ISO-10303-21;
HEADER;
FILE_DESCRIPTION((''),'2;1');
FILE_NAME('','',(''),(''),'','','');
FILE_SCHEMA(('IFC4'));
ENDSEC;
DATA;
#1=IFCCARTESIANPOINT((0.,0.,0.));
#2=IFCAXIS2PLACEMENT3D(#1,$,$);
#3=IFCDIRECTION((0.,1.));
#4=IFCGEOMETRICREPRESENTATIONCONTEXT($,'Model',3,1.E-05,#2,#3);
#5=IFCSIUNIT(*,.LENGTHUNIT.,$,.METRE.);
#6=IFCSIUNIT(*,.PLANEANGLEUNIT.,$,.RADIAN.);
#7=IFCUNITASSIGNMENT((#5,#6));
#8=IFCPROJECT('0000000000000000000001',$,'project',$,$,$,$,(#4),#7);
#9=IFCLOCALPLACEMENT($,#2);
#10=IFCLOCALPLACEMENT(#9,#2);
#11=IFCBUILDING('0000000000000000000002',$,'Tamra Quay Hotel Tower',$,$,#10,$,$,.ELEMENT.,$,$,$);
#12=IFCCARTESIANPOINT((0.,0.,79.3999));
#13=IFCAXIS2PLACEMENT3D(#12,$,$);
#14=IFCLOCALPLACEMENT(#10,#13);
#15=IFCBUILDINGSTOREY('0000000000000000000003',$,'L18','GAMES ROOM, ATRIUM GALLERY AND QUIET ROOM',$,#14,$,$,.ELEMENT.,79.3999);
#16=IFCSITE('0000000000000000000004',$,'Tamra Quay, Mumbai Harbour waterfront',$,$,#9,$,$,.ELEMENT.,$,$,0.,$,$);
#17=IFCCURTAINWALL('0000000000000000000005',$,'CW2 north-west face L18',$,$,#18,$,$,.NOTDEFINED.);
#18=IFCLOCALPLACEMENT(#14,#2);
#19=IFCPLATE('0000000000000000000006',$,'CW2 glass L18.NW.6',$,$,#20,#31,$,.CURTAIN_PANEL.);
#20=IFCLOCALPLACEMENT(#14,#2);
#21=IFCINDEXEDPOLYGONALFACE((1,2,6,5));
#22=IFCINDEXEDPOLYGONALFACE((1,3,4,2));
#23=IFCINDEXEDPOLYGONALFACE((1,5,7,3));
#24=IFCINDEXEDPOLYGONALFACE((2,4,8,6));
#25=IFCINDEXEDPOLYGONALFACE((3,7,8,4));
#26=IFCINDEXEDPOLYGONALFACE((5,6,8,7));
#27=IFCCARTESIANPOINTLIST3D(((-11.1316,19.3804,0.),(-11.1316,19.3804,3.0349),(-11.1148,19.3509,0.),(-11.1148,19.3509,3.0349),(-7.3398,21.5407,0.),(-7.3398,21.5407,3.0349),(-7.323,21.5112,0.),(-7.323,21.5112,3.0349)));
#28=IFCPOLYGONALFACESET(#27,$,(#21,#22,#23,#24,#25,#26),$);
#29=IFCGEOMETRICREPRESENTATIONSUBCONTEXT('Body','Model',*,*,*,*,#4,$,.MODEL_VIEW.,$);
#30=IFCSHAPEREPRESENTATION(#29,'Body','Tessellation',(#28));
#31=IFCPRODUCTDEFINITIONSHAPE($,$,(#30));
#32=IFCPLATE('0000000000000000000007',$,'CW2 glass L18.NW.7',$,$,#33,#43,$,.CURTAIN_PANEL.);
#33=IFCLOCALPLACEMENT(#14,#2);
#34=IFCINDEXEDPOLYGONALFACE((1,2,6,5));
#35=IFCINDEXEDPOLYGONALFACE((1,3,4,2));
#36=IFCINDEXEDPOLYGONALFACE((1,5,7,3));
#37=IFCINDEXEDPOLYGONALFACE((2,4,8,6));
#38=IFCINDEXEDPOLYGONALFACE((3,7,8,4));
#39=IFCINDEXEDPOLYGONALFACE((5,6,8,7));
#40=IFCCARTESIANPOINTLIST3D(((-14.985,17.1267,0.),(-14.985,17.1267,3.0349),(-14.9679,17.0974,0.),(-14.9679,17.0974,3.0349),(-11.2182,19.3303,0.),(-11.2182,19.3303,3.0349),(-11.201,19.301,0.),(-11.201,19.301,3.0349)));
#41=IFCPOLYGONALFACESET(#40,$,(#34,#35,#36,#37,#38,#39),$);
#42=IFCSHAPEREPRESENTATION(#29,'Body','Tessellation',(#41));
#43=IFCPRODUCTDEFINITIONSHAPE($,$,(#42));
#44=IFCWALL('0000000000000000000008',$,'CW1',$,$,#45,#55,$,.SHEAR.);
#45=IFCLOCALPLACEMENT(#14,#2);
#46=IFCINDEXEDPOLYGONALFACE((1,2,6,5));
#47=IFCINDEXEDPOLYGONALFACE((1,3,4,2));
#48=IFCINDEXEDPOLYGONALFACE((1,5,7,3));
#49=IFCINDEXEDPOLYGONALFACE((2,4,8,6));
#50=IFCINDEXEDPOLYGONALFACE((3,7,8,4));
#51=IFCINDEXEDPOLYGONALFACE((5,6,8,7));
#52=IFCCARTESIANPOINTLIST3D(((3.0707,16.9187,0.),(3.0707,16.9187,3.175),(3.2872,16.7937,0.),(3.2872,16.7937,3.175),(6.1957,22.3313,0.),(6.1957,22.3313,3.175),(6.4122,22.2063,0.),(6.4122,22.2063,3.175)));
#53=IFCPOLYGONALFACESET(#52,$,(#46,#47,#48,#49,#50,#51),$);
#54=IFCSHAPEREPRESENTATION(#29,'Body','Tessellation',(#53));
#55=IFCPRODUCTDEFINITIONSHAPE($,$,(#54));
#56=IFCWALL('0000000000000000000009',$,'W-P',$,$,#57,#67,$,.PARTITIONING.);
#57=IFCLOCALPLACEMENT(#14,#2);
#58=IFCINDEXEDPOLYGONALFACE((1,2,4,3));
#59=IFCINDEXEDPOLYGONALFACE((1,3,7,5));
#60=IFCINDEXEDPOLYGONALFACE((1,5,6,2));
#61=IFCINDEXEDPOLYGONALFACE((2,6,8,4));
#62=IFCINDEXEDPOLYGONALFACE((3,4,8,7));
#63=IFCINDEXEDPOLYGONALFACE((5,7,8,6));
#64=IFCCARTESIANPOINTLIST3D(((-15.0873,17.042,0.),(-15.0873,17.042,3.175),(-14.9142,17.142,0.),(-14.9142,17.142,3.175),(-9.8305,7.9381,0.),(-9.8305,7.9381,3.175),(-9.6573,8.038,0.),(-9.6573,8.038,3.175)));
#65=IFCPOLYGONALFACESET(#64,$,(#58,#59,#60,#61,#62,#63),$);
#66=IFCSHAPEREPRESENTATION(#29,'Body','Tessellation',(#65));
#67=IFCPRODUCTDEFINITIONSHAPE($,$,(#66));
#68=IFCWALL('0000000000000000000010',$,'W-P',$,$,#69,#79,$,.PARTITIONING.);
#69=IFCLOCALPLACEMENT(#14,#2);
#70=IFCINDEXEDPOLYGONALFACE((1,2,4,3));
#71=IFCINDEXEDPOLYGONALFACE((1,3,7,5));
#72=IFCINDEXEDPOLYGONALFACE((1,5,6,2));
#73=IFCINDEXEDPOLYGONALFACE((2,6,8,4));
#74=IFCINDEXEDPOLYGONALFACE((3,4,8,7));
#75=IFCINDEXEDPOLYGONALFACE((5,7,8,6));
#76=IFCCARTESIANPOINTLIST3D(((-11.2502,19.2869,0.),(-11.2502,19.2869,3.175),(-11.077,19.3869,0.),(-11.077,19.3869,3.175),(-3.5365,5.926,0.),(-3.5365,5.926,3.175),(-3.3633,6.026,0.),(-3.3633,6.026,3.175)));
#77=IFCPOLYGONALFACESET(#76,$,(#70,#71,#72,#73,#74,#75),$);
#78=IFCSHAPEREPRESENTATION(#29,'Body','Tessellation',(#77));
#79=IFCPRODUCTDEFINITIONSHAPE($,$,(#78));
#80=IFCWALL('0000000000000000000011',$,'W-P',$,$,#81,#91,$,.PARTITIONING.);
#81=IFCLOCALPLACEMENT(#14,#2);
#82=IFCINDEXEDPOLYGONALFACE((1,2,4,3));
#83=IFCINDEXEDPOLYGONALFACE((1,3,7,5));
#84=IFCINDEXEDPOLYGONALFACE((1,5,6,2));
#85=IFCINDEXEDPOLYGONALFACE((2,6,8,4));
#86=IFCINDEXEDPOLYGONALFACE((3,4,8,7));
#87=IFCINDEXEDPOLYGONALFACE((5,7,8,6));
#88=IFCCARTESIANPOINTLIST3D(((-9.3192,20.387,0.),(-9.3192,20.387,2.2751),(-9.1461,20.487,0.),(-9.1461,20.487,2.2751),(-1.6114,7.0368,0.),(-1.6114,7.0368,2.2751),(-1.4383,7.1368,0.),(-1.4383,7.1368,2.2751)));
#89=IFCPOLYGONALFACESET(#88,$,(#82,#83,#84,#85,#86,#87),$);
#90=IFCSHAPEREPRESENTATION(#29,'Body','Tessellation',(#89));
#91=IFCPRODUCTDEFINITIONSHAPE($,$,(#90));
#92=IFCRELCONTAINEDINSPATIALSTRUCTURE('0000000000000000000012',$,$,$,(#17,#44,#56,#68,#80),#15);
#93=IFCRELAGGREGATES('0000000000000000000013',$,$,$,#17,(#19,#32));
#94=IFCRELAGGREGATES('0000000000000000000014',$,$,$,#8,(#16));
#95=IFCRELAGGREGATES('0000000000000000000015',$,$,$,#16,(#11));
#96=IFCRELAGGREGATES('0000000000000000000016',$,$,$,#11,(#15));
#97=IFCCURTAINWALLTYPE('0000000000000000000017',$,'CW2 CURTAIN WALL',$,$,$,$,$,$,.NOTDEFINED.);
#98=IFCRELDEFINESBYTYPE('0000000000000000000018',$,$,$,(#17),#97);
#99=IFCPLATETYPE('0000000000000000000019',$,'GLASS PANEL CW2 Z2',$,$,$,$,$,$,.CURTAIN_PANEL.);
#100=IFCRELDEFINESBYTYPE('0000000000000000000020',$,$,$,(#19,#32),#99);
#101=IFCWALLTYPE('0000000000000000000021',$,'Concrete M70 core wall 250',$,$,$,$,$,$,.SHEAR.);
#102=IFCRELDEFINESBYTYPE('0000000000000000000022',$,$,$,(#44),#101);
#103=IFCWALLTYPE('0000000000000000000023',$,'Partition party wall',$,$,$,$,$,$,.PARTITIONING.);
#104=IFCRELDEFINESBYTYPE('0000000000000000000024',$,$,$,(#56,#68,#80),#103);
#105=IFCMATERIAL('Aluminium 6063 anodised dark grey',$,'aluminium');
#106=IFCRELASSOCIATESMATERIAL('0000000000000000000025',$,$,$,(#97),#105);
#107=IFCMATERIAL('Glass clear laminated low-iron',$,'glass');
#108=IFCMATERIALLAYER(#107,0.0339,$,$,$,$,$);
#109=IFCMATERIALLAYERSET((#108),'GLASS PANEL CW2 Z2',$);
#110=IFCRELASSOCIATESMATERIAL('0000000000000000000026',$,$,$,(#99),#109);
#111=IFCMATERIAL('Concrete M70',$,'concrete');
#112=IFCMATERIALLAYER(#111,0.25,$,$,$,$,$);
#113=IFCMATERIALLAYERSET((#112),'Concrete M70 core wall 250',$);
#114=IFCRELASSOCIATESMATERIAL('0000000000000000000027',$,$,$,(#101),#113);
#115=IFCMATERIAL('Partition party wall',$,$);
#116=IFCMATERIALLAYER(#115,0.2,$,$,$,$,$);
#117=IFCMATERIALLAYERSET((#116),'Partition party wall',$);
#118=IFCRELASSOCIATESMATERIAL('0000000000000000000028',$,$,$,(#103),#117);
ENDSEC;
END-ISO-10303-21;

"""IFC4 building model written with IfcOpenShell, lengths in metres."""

from ifc_helpers import new_model, si_unit, direction, frame, frame_2d, origin, origin_2d, place, context, subcontext, project, spatial, rectangle, extrude, material, layer, layer_set, type_object, element, aggregate, save


model = new_model("IFC4")

# Units and contexts
model_context = context("Model", 3, precision=1e-05, world=origin(), true_north=direction((0.0, 1.0)))
body_context = subcontext(model_context, "Body", "Model", "MODEL_VIEW")
ifc_project = project(units=[si_unit("LENGTHUNIT", "METRE"), si_unit("PLANEANGLEUNIT", "RADIAN")], contexts=[model_context])

# Site, building, storey
site_placement = place(None, origin())
site = spatial("IfcSite", under=ifc_project, at=site_placement, Name="Tamra Quay, Mumbai Harbour waterfront", CompositionType="ELEMENT", RefElevation=0.0)
building_placement = place(site_placement, origin())
building = spatial("IfcBuilding", under=site, at=building_placement, Name="Tamra Quay Hotel Tower", CompositionType="ELEMENT")
storey_placement = place(building_placement, frame((0.0, 0.0, 79.3999)))
storey = spatial("IfcBuildingStorey", under=building, at=storey_placement, Name="L18", Description="GAMES ROOM, ATRIUM GALLERY AND QUIET ROOM", CompositionType="ELEMENT", Elevation=79.3999)

# Shared definitions
ifc_material_1 = material(Name="Concrete M70", Category="concrete")

# Curtain wall, plates
ifc_material_2 = material(Name="Aluminium 6063 anodised dark grey", Category="aluminium")
curtain_wall_type = type_object("IfcCurtainWallType", Name="CW2 CURTAIN WALL", PredefinedType="NOTDEFINED", material=ifc_material_2)
curtain_wall_placement = place(storey_placement, origin())
curtain_wall = element("IfcCurtainWall", 1, at=curtain_wall_placement, inside=storey, type_object=curtain_wall_type, Name="CW2 north-west face L18", PredefinedType="NOTDEFINED")
ifc_material_3 = material(Name="Glass clear laminated low-iron", Category="glass")
ifc_layer_1 = layer(ifc_material_3, 0.0339)
ifc_layer_set_1 = layer_set([ifc_layer_1], Name="GLASS PANEL CW2 Z2")
plate_type = type_object("IfcPlateType", Name="GLASS PANEL CW2 Z2", PredefinedType="CURTAIN_PANEL", material=ifc_layer_set_1)
plate_1_placement = place(storey_placement, frame((-9.2273, 20.4458, 0.0), z_axis=(0.0, 0.0, 1.0), x_axis=(-0.868868, -0.495045, 0.0)))
plate_1 = element("IfcPlate", 2, at=plate_1_placement, type_object=plate_type, Name="CW2 glass L18.NW.6", PredefinedType="CURTAIN_PANEL", context=body_context, shape_type="SweptSolid", body=[
    extrude(rectangle(XDim=4.364, YDim=0.0339, at=origin_2d()), origin(), (0.0, 0.0, 1.0), 3.0349),
])
plate_2_placement = place(storey_placement, frame((-13.093, 18.2139, 0.0), z_axis=(0.0, 0.0, 1.0), x_axis=(-0.863155, -0.504939, 0.0)))
plate_2 = element("IfcPlate", 3, at=plate_2_placement, type_object=plate_type, Name="CW2 glass L18.NW.7", PredefinedType="CURTAIN_PANEL", context=body_context, shape_type="SweptSolid", body=[
    extrude(rectangle(XDim=4.364, YDim=0.0339, at=origin_2d()), origin(), (0.0, 0.0, 1.0), 3.0349),
])
aggregate(curtain_wall, [plate_1, plate_2])

# Walls
ifc_layer_2 = layer(ifc_material_1, 0.25)
ifc_layer_set_2 = layer_set([ifc_layer_2], Name="Concrete M70 core wall 250")
wall_type_1 = type_object("IfcWallType", Name="Concrete M70 core wall 250", PredefinedType="SHEAR", material=ifc_layer_set_2)
wall_1_placement = place(storey_placement, frame((3.179, 16.8562, 0.0), z_axis=(0.0, 0.0, 1.0), x_axis=(0.500004, 0.866023, 0.0)))
element("IfcWall", 4, at=wall_1_placement, inside=storey, type_object=wall_type_1, Name="CW1", PredefinedType="SHEAR", context=body_context, shape_type="SweptSolid", body=[
    extrude(rectangle(XDim=6.25, YDim=0.25, at=frame_2d((3.125, 0.0))), origin(), (0.0, 0.0, 1.0), 3.175),
])
ifc_material_4 = material(Name="Partition party wall")
ifc_layer_3 = layer(ifc_material_4, 0.2)
ifc_layer_set_3 = layer_set([ifc_layer_3], Name="Partition party wall")
wall_type_2 = type_object("IfcWallType", Name="Partition party wall", PredefinedType="PARTITIONING", material=ifc_layer_set_3)
wall_2_placement = place(storey_placement, frame((-15.0007, 17.092, 0.0), z_axis=(0.0, 0.0, 1.0), x_axis=(0.500045, -0.865999, 0.0)))
element("IfcWall", 5, at=wall_2_placement, inside=storey, type_object=wall_type_2, Name="W-P", PredefinedType="PARTITIONING", context=body_context, shape_type="SweptSolid", body=[
    extrude(rectangle(XDim=10.5127, YDim=0.2, at=frame_2d((5.2563, 0.0))), origin(), (0.0, 0.0, 1.0), 3.175),
])
wall_3_placement = place(storey_placement, frame((-11.1636, 19.3369, 0.0), z_axis=(0.0, 0.0, 1.0), x_axis=(0.499987, -0.866033, 0.0)))
element("IfcWall", 6, at=wall_3_placement, inside=storey, type_object=wall_type_2, Name="W-P", PredefinedType="PARTITIONING", context=body_context, shape_type="SweptSolid", body=[
    extrude(rectangle(XDim=15.4277, YDim=0.2, at=frame_2d((7.7139, 0.0))), origin(), (0.0, 0.0, 1.0), 3.175),
])
wall_4_placement = place(storey_placement, frame((-9.2327, 20.437, 0.0), z_axis=(0.0, 0.0, 1.0), x_axis=(0.500004, -0.866023, 0.0)))
element("IfcWall", 7, at=wall_4_placement, inside=storey, type_object=wall_type_2, Name="W-P", PredefinedType="PARTITIONING", context=body_context, shape_type="SweptSolid", body=[
    extrude(rectangle(XDim=15.4155, YDim=0.2, at=frame_2d((7.7078, 0.0))), origin(), (0.0, 0.0, 1.0), 2.2751),
])

save(model, "model.ifc")
